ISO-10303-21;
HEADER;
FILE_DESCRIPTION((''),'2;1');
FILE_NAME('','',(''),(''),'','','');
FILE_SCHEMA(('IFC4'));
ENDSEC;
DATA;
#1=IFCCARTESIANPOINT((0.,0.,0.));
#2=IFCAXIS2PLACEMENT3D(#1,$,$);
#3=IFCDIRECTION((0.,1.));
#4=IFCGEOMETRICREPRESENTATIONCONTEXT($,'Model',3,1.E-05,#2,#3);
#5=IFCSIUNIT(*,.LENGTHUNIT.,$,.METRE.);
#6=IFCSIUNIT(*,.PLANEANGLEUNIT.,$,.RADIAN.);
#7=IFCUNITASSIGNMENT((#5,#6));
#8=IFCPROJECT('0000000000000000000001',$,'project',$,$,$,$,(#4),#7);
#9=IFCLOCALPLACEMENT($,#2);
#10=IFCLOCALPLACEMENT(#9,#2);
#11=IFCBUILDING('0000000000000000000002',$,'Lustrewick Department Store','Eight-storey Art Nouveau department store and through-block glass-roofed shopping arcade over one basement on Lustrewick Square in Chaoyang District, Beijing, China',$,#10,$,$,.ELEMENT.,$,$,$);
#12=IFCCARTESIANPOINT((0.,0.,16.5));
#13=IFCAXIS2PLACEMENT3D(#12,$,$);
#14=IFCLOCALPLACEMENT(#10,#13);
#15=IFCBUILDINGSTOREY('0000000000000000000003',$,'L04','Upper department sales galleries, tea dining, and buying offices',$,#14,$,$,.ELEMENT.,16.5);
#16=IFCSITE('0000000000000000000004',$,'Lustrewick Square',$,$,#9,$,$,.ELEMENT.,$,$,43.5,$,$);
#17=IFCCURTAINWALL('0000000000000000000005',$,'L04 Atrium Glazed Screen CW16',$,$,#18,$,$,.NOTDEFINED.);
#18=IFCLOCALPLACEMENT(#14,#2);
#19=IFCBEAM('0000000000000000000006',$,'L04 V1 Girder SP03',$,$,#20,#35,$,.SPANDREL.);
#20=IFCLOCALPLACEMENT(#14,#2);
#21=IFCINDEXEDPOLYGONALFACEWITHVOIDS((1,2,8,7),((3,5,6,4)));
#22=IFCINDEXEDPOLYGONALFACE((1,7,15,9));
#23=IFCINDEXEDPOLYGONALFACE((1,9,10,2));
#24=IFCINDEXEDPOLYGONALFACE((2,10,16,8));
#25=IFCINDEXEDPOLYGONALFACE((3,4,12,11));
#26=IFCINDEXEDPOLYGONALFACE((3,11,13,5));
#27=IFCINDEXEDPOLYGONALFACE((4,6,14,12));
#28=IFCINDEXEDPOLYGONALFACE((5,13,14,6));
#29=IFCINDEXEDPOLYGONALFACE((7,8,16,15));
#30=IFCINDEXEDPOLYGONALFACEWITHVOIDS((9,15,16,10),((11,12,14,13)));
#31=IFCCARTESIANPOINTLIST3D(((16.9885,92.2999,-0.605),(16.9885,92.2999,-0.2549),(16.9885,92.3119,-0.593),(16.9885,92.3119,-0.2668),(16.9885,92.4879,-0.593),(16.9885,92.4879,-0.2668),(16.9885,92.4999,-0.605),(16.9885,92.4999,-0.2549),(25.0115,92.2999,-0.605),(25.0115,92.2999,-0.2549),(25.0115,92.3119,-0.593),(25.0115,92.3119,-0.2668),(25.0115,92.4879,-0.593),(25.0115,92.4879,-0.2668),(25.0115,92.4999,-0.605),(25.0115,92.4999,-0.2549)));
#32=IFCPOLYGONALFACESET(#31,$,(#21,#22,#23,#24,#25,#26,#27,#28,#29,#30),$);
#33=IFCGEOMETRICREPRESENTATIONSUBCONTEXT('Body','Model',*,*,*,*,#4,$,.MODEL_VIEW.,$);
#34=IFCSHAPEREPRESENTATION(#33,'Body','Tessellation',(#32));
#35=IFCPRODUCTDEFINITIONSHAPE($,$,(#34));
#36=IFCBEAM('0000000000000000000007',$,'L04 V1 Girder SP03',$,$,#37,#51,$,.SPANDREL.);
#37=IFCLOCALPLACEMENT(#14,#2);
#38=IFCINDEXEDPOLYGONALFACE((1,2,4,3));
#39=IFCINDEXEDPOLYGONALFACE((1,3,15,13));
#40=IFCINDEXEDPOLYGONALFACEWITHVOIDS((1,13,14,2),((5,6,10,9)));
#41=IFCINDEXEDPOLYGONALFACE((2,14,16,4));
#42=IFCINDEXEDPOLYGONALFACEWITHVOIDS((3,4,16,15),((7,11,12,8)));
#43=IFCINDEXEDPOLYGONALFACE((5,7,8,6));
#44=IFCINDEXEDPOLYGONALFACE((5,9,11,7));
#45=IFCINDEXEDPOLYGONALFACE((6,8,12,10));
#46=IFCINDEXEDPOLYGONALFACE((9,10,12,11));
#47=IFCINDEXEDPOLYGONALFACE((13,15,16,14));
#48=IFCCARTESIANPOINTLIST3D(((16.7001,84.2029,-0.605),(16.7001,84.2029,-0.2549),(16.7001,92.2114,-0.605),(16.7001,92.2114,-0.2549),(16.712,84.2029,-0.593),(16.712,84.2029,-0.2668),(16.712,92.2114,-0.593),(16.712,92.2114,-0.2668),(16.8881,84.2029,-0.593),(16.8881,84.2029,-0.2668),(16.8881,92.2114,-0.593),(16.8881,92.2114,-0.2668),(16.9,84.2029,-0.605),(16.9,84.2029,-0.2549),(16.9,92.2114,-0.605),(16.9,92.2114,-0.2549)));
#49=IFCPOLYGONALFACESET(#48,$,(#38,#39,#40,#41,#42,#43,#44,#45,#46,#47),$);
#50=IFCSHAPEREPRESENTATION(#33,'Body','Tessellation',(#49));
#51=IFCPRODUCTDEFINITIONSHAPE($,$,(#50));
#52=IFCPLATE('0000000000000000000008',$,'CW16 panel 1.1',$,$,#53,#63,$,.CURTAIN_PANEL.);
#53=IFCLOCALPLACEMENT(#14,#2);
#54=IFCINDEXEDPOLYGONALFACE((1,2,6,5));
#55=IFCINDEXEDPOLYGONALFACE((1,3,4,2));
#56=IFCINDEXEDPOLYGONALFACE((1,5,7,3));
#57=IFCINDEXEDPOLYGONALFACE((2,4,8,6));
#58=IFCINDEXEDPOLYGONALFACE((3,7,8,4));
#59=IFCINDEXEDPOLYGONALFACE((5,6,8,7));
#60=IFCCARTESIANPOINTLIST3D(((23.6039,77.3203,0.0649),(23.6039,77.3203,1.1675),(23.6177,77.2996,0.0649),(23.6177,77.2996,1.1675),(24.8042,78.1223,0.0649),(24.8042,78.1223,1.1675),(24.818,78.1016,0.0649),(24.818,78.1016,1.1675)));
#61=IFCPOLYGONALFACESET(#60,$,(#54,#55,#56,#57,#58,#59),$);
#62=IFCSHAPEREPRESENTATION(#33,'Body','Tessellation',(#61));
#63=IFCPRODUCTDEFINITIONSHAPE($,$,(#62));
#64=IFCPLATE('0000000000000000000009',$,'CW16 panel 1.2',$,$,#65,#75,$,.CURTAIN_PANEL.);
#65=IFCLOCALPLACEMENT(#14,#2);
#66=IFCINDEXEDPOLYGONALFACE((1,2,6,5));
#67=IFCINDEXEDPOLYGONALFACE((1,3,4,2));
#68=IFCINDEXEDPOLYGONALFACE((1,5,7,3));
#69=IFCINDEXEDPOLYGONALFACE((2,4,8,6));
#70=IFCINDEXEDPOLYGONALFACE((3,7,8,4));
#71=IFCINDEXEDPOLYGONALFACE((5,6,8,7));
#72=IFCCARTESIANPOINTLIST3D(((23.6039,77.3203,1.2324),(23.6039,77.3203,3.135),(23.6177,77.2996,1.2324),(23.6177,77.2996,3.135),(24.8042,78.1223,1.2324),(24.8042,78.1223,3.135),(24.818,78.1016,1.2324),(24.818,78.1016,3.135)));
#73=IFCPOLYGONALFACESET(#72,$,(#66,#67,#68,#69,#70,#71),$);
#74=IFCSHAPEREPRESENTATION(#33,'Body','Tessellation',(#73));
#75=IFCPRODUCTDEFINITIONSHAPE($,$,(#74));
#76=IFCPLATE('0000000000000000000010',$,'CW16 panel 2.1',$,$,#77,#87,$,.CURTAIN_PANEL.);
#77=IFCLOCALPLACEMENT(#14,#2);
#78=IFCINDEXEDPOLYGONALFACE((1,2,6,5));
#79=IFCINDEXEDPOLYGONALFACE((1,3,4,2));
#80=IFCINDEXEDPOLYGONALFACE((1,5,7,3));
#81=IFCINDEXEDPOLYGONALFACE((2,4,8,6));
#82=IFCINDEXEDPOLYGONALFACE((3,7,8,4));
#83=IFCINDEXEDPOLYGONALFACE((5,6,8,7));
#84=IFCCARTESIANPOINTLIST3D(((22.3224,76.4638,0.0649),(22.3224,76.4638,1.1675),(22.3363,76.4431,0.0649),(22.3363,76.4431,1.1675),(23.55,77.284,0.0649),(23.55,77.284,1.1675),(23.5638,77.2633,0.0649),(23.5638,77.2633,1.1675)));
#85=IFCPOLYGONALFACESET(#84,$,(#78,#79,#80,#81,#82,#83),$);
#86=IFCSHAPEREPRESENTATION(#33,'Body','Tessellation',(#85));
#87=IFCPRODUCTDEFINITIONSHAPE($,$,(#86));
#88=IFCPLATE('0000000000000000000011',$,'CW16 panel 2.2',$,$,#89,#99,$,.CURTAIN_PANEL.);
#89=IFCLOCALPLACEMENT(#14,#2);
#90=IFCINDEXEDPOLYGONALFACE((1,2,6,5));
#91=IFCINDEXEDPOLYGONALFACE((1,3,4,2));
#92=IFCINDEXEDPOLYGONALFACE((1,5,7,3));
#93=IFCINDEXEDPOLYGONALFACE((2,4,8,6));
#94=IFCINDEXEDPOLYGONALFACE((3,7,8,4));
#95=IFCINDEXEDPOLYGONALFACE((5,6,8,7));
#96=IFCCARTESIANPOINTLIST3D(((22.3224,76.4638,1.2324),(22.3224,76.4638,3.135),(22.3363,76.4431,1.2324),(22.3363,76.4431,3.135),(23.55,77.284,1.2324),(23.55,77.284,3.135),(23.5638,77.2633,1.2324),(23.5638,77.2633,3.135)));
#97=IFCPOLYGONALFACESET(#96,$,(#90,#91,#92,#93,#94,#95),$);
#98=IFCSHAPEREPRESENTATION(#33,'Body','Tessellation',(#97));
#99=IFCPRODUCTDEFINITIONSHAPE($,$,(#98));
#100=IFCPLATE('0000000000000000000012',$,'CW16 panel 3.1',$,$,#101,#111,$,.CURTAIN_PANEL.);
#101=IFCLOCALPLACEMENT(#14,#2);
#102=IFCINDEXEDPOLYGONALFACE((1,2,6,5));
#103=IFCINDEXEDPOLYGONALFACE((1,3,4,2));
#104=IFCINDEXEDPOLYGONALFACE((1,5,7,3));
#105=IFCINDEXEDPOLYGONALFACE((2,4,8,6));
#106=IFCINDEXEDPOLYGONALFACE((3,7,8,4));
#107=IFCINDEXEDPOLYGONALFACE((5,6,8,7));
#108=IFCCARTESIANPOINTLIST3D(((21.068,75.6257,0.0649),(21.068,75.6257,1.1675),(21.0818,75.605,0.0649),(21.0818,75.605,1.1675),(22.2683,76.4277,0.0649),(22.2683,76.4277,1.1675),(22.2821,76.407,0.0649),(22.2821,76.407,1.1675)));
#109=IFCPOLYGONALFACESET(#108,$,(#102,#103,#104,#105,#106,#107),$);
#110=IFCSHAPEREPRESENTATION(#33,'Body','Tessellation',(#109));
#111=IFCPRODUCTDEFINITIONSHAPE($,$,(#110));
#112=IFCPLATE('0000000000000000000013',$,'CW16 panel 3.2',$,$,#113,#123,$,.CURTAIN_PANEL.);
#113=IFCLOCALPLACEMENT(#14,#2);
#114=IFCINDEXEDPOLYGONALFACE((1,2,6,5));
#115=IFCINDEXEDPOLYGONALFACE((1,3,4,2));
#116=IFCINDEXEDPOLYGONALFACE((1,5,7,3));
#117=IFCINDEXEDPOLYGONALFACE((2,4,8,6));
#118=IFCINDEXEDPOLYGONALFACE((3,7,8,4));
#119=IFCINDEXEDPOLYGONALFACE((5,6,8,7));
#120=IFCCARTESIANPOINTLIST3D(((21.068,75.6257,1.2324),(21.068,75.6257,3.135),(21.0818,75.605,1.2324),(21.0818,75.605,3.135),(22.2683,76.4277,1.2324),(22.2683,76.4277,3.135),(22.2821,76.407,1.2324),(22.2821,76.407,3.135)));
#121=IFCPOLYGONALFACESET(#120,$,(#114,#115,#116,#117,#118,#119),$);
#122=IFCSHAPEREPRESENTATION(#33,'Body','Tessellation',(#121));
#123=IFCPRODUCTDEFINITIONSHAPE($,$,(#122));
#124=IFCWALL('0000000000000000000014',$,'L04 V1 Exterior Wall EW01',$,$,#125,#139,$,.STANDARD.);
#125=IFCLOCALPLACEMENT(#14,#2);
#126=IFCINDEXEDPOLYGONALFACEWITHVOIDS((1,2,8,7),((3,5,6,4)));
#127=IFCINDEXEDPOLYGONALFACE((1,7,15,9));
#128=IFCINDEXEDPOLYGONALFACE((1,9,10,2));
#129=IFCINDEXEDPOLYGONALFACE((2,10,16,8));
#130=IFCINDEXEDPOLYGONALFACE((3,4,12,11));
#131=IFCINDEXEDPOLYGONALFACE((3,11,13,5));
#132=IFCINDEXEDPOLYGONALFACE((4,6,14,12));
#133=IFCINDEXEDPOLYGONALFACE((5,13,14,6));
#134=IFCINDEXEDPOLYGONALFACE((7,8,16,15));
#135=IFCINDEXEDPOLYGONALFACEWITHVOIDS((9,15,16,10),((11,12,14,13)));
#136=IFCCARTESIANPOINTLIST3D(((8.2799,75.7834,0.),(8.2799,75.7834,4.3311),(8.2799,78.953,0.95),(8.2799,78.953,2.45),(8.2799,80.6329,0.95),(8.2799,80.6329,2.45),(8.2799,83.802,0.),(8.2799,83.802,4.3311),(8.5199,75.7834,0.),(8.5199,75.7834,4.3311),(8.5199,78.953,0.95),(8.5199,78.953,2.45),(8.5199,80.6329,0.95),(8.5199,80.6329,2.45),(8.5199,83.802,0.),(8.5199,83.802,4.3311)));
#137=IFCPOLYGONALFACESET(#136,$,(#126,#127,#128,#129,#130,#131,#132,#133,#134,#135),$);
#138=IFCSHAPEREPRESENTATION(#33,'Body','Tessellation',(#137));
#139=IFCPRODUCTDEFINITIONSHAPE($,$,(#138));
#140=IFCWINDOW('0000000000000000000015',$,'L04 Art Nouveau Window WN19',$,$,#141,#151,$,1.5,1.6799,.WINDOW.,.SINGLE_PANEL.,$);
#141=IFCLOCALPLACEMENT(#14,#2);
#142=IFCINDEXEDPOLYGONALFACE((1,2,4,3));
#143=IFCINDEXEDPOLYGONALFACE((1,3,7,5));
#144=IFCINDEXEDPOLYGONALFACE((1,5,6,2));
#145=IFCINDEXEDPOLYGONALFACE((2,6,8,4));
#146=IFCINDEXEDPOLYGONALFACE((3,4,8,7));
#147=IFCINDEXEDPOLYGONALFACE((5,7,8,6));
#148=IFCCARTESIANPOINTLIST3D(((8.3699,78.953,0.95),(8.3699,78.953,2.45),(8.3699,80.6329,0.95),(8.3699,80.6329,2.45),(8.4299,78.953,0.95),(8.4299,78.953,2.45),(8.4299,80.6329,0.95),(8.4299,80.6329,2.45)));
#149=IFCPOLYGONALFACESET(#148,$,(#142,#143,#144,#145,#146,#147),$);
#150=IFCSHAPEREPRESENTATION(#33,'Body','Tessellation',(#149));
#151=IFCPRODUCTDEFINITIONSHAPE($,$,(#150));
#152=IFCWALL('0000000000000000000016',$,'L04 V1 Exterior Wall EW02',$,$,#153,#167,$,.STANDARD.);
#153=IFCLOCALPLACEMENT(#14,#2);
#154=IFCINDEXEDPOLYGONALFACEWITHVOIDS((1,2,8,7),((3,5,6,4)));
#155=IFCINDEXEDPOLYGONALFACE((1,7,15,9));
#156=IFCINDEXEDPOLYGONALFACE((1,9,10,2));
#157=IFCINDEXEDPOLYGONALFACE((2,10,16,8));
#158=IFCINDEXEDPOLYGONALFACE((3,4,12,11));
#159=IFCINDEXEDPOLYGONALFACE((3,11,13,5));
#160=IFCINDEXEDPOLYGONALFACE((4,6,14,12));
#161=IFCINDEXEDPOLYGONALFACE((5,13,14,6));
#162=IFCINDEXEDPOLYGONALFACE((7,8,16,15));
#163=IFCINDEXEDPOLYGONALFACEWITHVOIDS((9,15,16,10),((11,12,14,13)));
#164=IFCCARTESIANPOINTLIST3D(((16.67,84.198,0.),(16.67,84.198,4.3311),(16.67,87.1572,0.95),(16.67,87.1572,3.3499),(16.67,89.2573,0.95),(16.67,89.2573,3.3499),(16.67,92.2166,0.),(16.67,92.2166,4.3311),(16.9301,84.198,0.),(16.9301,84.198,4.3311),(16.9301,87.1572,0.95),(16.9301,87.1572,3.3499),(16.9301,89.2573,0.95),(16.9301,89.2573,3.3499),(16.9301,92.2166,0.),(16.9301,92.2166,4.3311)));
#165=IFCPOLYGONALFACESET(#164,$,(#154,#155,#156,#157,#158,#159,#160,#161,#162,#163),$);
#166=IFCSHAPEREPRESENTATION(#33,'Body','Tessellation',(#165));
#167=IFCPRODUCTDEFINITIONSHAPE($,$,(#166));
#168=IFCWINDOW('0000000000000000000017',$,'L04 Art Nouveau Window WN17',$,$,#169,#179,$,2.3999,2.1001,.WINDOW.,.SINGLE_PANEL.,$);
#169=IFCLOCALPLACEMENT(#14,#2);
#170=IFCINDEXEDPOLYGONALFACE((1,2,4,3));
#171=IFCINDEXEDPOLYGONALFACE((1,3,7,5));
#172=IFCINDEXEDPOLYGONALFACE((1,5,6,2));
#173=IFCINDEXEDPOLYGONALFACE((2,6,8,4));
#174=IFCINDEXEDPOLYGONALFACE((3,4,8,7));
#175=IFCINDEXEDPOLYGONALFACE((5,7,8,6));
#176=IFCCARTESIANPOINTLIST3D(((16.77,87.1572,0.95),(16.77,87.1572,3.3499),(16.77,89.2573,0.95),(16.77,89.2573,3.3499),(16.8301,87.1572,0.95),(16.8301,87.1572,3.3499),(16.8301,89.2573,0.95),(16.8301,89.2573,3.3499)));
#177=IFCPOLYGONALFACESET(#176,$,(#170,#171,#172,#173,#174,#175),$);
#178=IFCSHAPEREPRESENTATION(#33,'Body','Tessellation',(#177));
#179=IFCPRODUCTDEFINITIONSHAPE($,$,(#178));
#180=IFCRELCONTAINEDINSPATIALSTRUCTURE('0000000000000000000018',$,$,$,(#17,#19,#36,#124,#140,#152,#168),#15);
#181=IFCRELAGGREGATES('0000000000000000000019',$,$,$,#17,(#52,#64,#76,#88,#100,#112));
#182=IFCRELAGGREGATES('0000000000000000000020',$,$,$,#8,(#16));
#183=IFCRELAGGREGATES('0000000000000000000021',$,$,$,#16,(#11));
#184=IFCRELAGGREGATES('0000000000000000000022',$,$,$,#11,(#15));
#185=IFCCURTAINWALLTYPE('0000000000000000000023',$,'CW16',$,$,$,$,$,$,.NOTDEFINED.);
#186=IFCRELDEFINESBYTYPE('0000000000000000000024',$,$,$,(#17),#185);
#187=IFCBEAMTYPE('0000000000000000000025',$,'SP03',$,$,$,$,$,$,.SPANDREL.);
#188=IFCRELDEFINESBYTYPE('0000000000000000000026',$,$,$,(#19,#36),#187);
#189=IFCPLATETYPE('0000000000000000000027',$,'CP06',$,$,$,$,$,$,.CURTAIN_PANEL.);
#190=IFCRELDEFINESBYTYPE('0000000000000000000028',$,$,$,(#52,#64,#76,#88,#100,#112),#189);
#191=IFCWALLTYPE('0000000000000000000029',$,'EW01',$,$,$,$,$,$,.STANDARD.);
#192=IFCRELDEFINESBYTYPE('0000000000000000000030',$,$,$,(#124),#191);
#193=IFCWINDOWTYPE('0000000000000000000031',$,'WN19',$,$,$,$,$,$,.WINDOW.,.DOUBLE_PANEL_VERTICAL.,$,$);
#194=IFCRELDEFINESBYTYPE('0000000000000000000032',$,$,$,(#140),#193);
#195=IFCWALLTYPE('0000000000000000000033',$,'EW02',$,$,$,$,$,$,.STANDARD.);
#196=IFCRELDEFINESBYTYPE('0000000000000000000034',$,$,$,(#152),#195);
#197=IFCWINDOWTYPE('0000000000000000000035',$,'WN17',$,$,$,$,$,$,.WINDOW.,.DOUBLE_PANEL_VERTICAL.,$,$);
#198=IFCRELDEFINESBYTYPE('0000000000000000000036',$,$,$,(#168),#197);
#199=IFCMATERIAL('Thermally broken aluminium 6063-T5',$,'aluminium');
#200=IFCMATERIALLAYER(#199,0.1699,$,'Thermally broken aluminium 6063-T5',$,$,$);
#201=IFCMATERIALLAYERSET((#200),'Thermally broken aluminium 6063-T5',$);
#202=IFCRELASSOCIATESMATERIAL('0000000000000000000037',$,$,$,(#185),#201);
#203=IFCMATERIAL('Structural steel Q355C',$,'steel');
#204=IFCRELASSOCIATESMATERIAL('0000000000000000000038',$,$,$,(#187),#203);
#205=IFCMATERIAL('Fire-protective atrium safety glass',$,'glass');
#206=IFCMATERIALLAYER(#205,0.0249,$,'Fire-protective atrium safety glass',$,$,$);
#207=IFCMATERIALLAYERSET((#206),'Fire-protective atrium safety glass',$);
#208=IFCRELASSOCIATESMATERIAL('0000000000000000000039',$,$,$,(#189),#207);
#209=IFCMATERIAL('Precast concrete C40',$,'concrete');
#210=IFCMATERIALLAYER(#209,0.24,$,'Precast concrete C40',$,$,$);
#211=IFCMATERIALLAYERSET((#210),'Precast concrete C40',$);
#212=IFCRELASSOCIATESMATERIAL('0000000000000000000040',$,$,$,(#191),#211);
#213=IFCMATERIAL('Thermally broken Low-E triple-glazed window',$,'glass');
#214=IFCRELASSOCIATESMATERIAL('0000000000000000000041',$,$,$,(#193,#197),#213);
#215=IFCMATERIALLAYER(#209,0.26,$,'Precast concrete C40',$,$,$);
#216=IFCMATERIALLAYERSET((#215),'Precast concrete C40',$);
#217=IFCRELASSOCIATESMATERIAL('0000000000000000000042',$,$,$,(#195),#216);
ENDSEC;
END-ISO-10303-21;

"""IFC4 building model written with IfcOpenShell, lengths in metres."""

from ifc_helpers import new_model, si_unit, direction, frame, frame_2d, origin, origin_2d, place, context, subcontext, project, spatial, rectangle, hollow_rectangle, extrude, material, layer, layer_set, material_profile, profile_set, type_object, element, fill, aggregate, save


model = new_model("IFC4")

# Units and contexts
model_context = context("Model", 3, precision=1e-05, world=origin(), true_north=direction((0.0, 1.0)))
body_context = subcontext(model_context, "Body", "Model", "MODEL_VIEW")
ifc_project = project(units=[si_unit("LENGTHUNIT", "METRE"), si_unit("PLANEANGLEUNIT", "RADIAN")], contexts=[model_context])

# Site, building, storey
site_placement = place(None, origin())
site = spatial("IfcSite", under=ifc_project, at=site_placement, Name="Lustrewick Square", CompositionType="ELEMENT", RefElevation=43.5)
building_placement = place(site_placement, origin())
building = spatial("IfcBuilding", under=site, at=building_placement, Name="Lustrewick Department Store", Description="Eight-storey Art Nouveau department store and through-block glass-roofed shopping arcade over one basement on Lustrewick Square in Chaoyang District, Beijing, China", CompositionType="ELEMENT")
storey_placement = place(building_placement, frame((0.0, 0.0, 16.5)))
storey = spatial("IfcBuildingStorey", under=building, at=storey_placement, Name="L04", Description="Upper department sales galleries, tea dining, and buying offices", CompositionType="ELEMENT", Elevation=16.5)

# Shared definitions
ifc_material_1 = material(Name="Structural steel Q355C", Category="steel")

# Curtain wall
ifc_material_2 = material(Name="Thermally broken aluminium 6063-T5", Category="aluminium")
ifc_layer_1 = layer(ifc_material_2, 0.1699, Name="Thermally broken aluminium 6063-T5")
ifc_layer_set_1 = layer_set([ifc_layer_1], Name="Thermally broken aluminium 6063-T5")
curtain_wall_type = type_object("IfcCurtainWallType", Name="CW16", PredefinedType="NOTDEFINED", material=ifc_layer_set_1)
curtain_wall_placement = place(storey_placement, origin())
curtain_wall = element("IfcCurtainWall", 1, at=curtain_wall_placement, inside=storey, type_object=curtain_wall_type, Name="L04 Atrium Glazed Screen CW16", PredefinedType="NOTDEFINED")

# Beams
ifc_material_profile_1 = material_profile(ifc_material_1, hollow_rectangle(XDim=0.2, YDim=0.3501, WallThickness=0.012, at=origin_2d()), Name="RHS 350x200x12")
ifc_profile_set_1 = profile_set([ifc_material_profile_1], Name="Structural steel Q355C")
beam_type_1 = type_object("IfcBeamType", Name="SP03", PredefinedType="SPANDREL", material=ifc_profile_set_1)
beam_1_placement = place(storey_placement, frame((16.9885, 92.3999, -0.4299), z_axis=(1.0, 0.0, 0.0), x_axis=(0.0, 1.0, 0.0)))
element("IfcBeam", 2, at=beam_1_placement, inside=storey, type_object=beam_type_1, Name="L04 V1 Girder SP03", PredefinedType="SPANDREL", context=body_context, shape_type="SweptSolid", body=[
    extrude(hollow_rectangle(XDim=0.2, YDim=0.3501, WallThickness=0.012, at=origin_2d()), origin(), (0.0, 0.0, 1.0), 8.0229),
])
beam_2_placement = place(storey_placement, frame((16.8, 84.2029, -0.4299), z_axis=(0.0, 1.0, 0.0), x_axis=(-1.0, 0.0, 0.0)))
element("IfcBeam", 3, at=beam_2_placement, inside=storey, type_object=beam_type_1, Name="L04 V1 Girder SP03", PredefinedType="SPANDREL", context=body_context, shape_type="SweptSolid", body=[
    extrude(hollow_rectangle(XDim=0.2, YDim=0.3501, WallThickness=0.012, at=origin_2d()), origin(), (0.0, 0.0, 1.0), 8.0085),
])

# Plates
ifc_material_3 = material(Name="Fire-protective atrium safety glass", Category="glass")
ifc_layer_2 = layer(ifc_material_3, 0.0249, Name="Fire-protective atrium safety glass")
ifc_layer_set_2 = layer_set([ifc_layer_2], Name="Fire-protective atrium safety glass")
plate_type = type_object("IfcPlateType", Name="CP06", PredefinedType="CURTAIN_PANEL", material=ifc_layer_set_2)
plate_1_placement = place(storey_placement, frame((24.2109, 77.7109, 0.0649), z_axis=(0.0, 0.0, 1.0), x_axis=(-0.831464, -0.555578, 0.0)))
plate_1 = element("IfcPlate", 4, at=plate_1_placement, type_object=plate_type, Name="CW16 panel 1.1", PredefinedType="CURTAIN_PANEL", context=body_context, shape_type="SweptSolid", body=[
    extrude(rectangle(XDim=1.4436, YDim=0.0249, at=origin_2d()), origin(), (0.0, 0.0, 1.0), 1.1025),
])
plate_2_placement = place(storey_placement, frame((24.2109, 77.7109, 1.2324), z_axis=(0.0, 0.0, 1.0), x_axis=(-0.831464, -0.555578, 0.0)))
plate_2 = element("IfcPlate", 5, at=plate_2_placement, type_object=plate_type, Name="CW16 panel 1.2", PredefinedType="CURTAIN_PANEL", context=body_context, shape_type="SweptSolid", body=[
    extrude(rectangle(XDim=1.4436, YDim=0.0249, at=origin_2d()), origin(), (0.0, 0.0, 1.0), 1.9026),
])
plate_3_placement = place(storey_placement, frame((22.9431, 76.8635, 0.0649), z_axis=(0.0, 0.0, 1.0), x_axis=(-0.831464, -0.555578, 0.0)))
plate_3 = element("IfcPlate", 6, at=plate_3_placement, type_object=plate_type, Name="CW16 panel 2.1", PredefinedType="CURTAIN_PANEL", context=body_context, shape_type="SweptSolid", body=[
    extrude(rectangle(XDim=1.4763, YDim=0.0249, at=origin_2d()), origin(), (0.0, 0.0, 1.0), 1.1025),
])
plate_4_placement = place(storey_placement, frame((22.9431, 76.8635, 1.2324), z_axis=(0.0, 0.0, 1.0), x_axis=(-0.831464, -0.555578, 0.0)))
plate_4 = element("IfcPlate", 7, at=plate_4_placement, type_object=plate_type, Name="CW16 panel 2.2", PredefinedType="CURTAIN_PANEL", context=body_context, shape_type="SweptSolid", body=[
    extrude(rectangle(XDim=1.4763, YDim=0.0249, at=origin_2d()), origin(), (0.0, 0.0, 1.0), 1.9026),
])
plate_5_placement = place(storey_placement, frame((21.675, 76.0164, 0.0649), z_axis=(0.0, 0.0, 1.0), x_axis=(-0.831464, -0.555578, 0.0)))
plate_5 = element("IfcPlate", 8, at=plate_5_placement, type_object=plate_type, Name="CW16 panel 3.1", PredefinedType="CURTAIN_PANEL", context=body_context, shape_type="SweptSolid", body=[
    extrude(rectangle(XDim=1.4436, YDim=0.0249, at=origin_2d()), origin(), (0.0, 0.0, 1.0), 1.1025),
])
plate_6_placement = place(storey_placement, frame((21.675, 76.0164, 1.2324), z_axis=(0.0, 0.0, 1.0), x_axis=(-0.831464, -0.555578, 0.0)))
plate_6 = element("IfcPlate", 9, at=plate_6_placement, type_object=plate_type, Name="CW16 panel 3.2", PredefinedType="CURTAIN_PANEL", context=body_context, shape_type="SweptSolid", body=[
    extrude(rectangle(XDim=1.4436, YDim=0.0249, at=origin_2d()), origin(), (0.0, 0.0, 1.0), 1.9026),
])
aggregate(curtain_wall, [plate_1, plate_2, plate_3, plate_4, plate_5, plate_6])

# Walls, openings, windows
ifc_material_4 = material(Name="Precast concrete C40", Category="concrete")
ifc_layer_3 = layer(ifc_material_4, 0.24, Name="Precast concrete C40")
ifc_layer_set_3 = layer_set([ifc_layer_3], Name="Precast concrete C40")
wall_type_1 = type_object("IfcWallType", Name="EW01", PredefinedType="STANDARD", material=ifc_layer_set_3)
wall_1_placement = place(storey_placement, frame((8.3999, 83.802, 0.0), z_axis=(0.0, 0.0, 1.0), x_axis=(0.0, -1.0, 0.0)))
wall_1 = element("IfcWall", 10, at=wall_1_placement, inside=storey, type_object=wall_type_1, Name="L04 V1 Exterior Wall EW01", PredefinedType="STANDARD", context=body_context, shape_type="SweptSolid", body=[
    extrude(rectangle(XDim=8.0186, YDim=0.24, at=frame_2d((4.0093, 0.0))), origin(), (0.0, 0.0, 1.0), 4.3311),
])
opening_1_placement = place(wall_1_placement, frame((3.1692, 0.0, 0.95)))
opening_1 = element("IfcOpeningElement", 11, at=opening_1_placement, cuts=wall_1, PredefinedType="OPENING", context=body_context, shape_type="SweptSolid", body=[
    extrude(rectangle(XDim=1.6799, YDim=1.5, at=frame_2d((0.8398, 0.75))), frame((0.0, 0.1299, 0.0), z_axis=(0.0, -1.0, 0.0), x_axis=(1.0, 0.0, 0.0)), (0.0, 0.0, 1.0), 0.26),
])
ifc_material_5 = material(Name="Thermally broken Low-E triple-glazed window", Category="glass")
window_type_1 = type_object("IfcWindowType", Name="WN19", PartitioningType="DOUBLE_PANEL_VERTICAL", PredefinedType="WINDOW", material=ifc_material_5)
window_1_placement = place(opening_1_placement, origin())
window_1 = element("IfcWindow", 12, at=window_1_placement, inside=storey, type_object=window_type_1, Name="L04 Art Nouveau Window WN19", OverallHeight=1.5, OverallWidth=1.6799, PartitioningType="SINGLE_PANEL", PredefinedType="WINDOW", context=body_context, shape_type="SweptSolid", body=[
    extrude(rectangle(XDim=1.6799, YDim=1.5, at=frame_2d((0.8398, 0.75))), frame((0.0, 0.03, 0.0), z_axis=(0.0, -1.0, 0.0), x_axis=(1.0, 0.0, 0.0)), (0.0, 0.0, 1.0), 0.0601),
])
fill(opening_1, window_1)
ifc_layer_4 = layer(ifc_material_4, 0.26, Name="Precast concrete C40")
ifc_layer_set_4 = layer_set([ifc_layer_4], Name="Precast concrete C40")
wall_type_2 = type_object("IfcWallType", Name="EW02", PredefinedType="STANDARD", material=ifc_layer_set_4)
wall_2_placement = place(storey_placement, frame((16.8, 92.2166, 0.0), z_axis=(0.0, 0.0, 1.0), x_axis=(0.0, -1.0, 0.0)))
wall_2 = element("IfcWall", 13, at=wall_2_placement, inside=storey, type_object=wall_type_2, Name="L04 V1 Exterior Wall EW02", PredefinedType="STANDARD", context=body_context, shape_type="SweptSolid", body=[
    extrude(rectangle(XDim=8.0186, YDim=0.26, at=frame_2d((4.0093, 0.0))), origin(), (0.0, 0.0, 1.0), 4.3311),
])
opening_2_placement = place(wall_2_placement, frame((2.9592, 0.0, 0.95)))
opening_2 = element("IfcOpeningElement", 14, at=opening_2_placement, cuts=wall_2, PredefinedType="OPENING", context=body_context, shape_type="SweptSolid", body=[
    extrude(rectangle(XDim=2.1001, YDim=2.3999, at=frame_2d((1.05, 1.2))), frame((0.0, 0.1401, 0.0), z_axis=(0.0, -1.0, 0.0), x_axis=(1.0, 0.0, 0.0)), (0.0, 0.0, 1.0), 0.28),
])
window_type_2 = type_object("IfcWindowType", Name="WN17", PartitioningType="DOUBLE_PANEL_VERTICAL", PredefinedType="WINDOW", material=ifc_material_5)
window_2_placement = place(opening_2_placement, origin())
window_2 = element("IfcWindow", 15, at=window_2_placement, inside=storey, type_object=window_type_2, Name="L04 Art Nouveau Window WN17", OverallHeight=2.3999, OverallWidth=2.1001, PartitioningType="SINGLE_PANEL", PredefinedType="WINDOW", context=body_context, shape_type="SweptSolid", body=[
    extrude(rectangle(XDim=2.1001, YDim=2.3999, at=frame_2d((1.05, 1.2))), frame((0.0, 0.03, 0.0), z_axis=(0.0, -1.0, 0.0), x_axis=(1.0, 0.0, 0.0)), (0.0, 0.0, 1.0), 0.0601),
])
fill(opening_2, window_2)

save(model, "model.ifc")
